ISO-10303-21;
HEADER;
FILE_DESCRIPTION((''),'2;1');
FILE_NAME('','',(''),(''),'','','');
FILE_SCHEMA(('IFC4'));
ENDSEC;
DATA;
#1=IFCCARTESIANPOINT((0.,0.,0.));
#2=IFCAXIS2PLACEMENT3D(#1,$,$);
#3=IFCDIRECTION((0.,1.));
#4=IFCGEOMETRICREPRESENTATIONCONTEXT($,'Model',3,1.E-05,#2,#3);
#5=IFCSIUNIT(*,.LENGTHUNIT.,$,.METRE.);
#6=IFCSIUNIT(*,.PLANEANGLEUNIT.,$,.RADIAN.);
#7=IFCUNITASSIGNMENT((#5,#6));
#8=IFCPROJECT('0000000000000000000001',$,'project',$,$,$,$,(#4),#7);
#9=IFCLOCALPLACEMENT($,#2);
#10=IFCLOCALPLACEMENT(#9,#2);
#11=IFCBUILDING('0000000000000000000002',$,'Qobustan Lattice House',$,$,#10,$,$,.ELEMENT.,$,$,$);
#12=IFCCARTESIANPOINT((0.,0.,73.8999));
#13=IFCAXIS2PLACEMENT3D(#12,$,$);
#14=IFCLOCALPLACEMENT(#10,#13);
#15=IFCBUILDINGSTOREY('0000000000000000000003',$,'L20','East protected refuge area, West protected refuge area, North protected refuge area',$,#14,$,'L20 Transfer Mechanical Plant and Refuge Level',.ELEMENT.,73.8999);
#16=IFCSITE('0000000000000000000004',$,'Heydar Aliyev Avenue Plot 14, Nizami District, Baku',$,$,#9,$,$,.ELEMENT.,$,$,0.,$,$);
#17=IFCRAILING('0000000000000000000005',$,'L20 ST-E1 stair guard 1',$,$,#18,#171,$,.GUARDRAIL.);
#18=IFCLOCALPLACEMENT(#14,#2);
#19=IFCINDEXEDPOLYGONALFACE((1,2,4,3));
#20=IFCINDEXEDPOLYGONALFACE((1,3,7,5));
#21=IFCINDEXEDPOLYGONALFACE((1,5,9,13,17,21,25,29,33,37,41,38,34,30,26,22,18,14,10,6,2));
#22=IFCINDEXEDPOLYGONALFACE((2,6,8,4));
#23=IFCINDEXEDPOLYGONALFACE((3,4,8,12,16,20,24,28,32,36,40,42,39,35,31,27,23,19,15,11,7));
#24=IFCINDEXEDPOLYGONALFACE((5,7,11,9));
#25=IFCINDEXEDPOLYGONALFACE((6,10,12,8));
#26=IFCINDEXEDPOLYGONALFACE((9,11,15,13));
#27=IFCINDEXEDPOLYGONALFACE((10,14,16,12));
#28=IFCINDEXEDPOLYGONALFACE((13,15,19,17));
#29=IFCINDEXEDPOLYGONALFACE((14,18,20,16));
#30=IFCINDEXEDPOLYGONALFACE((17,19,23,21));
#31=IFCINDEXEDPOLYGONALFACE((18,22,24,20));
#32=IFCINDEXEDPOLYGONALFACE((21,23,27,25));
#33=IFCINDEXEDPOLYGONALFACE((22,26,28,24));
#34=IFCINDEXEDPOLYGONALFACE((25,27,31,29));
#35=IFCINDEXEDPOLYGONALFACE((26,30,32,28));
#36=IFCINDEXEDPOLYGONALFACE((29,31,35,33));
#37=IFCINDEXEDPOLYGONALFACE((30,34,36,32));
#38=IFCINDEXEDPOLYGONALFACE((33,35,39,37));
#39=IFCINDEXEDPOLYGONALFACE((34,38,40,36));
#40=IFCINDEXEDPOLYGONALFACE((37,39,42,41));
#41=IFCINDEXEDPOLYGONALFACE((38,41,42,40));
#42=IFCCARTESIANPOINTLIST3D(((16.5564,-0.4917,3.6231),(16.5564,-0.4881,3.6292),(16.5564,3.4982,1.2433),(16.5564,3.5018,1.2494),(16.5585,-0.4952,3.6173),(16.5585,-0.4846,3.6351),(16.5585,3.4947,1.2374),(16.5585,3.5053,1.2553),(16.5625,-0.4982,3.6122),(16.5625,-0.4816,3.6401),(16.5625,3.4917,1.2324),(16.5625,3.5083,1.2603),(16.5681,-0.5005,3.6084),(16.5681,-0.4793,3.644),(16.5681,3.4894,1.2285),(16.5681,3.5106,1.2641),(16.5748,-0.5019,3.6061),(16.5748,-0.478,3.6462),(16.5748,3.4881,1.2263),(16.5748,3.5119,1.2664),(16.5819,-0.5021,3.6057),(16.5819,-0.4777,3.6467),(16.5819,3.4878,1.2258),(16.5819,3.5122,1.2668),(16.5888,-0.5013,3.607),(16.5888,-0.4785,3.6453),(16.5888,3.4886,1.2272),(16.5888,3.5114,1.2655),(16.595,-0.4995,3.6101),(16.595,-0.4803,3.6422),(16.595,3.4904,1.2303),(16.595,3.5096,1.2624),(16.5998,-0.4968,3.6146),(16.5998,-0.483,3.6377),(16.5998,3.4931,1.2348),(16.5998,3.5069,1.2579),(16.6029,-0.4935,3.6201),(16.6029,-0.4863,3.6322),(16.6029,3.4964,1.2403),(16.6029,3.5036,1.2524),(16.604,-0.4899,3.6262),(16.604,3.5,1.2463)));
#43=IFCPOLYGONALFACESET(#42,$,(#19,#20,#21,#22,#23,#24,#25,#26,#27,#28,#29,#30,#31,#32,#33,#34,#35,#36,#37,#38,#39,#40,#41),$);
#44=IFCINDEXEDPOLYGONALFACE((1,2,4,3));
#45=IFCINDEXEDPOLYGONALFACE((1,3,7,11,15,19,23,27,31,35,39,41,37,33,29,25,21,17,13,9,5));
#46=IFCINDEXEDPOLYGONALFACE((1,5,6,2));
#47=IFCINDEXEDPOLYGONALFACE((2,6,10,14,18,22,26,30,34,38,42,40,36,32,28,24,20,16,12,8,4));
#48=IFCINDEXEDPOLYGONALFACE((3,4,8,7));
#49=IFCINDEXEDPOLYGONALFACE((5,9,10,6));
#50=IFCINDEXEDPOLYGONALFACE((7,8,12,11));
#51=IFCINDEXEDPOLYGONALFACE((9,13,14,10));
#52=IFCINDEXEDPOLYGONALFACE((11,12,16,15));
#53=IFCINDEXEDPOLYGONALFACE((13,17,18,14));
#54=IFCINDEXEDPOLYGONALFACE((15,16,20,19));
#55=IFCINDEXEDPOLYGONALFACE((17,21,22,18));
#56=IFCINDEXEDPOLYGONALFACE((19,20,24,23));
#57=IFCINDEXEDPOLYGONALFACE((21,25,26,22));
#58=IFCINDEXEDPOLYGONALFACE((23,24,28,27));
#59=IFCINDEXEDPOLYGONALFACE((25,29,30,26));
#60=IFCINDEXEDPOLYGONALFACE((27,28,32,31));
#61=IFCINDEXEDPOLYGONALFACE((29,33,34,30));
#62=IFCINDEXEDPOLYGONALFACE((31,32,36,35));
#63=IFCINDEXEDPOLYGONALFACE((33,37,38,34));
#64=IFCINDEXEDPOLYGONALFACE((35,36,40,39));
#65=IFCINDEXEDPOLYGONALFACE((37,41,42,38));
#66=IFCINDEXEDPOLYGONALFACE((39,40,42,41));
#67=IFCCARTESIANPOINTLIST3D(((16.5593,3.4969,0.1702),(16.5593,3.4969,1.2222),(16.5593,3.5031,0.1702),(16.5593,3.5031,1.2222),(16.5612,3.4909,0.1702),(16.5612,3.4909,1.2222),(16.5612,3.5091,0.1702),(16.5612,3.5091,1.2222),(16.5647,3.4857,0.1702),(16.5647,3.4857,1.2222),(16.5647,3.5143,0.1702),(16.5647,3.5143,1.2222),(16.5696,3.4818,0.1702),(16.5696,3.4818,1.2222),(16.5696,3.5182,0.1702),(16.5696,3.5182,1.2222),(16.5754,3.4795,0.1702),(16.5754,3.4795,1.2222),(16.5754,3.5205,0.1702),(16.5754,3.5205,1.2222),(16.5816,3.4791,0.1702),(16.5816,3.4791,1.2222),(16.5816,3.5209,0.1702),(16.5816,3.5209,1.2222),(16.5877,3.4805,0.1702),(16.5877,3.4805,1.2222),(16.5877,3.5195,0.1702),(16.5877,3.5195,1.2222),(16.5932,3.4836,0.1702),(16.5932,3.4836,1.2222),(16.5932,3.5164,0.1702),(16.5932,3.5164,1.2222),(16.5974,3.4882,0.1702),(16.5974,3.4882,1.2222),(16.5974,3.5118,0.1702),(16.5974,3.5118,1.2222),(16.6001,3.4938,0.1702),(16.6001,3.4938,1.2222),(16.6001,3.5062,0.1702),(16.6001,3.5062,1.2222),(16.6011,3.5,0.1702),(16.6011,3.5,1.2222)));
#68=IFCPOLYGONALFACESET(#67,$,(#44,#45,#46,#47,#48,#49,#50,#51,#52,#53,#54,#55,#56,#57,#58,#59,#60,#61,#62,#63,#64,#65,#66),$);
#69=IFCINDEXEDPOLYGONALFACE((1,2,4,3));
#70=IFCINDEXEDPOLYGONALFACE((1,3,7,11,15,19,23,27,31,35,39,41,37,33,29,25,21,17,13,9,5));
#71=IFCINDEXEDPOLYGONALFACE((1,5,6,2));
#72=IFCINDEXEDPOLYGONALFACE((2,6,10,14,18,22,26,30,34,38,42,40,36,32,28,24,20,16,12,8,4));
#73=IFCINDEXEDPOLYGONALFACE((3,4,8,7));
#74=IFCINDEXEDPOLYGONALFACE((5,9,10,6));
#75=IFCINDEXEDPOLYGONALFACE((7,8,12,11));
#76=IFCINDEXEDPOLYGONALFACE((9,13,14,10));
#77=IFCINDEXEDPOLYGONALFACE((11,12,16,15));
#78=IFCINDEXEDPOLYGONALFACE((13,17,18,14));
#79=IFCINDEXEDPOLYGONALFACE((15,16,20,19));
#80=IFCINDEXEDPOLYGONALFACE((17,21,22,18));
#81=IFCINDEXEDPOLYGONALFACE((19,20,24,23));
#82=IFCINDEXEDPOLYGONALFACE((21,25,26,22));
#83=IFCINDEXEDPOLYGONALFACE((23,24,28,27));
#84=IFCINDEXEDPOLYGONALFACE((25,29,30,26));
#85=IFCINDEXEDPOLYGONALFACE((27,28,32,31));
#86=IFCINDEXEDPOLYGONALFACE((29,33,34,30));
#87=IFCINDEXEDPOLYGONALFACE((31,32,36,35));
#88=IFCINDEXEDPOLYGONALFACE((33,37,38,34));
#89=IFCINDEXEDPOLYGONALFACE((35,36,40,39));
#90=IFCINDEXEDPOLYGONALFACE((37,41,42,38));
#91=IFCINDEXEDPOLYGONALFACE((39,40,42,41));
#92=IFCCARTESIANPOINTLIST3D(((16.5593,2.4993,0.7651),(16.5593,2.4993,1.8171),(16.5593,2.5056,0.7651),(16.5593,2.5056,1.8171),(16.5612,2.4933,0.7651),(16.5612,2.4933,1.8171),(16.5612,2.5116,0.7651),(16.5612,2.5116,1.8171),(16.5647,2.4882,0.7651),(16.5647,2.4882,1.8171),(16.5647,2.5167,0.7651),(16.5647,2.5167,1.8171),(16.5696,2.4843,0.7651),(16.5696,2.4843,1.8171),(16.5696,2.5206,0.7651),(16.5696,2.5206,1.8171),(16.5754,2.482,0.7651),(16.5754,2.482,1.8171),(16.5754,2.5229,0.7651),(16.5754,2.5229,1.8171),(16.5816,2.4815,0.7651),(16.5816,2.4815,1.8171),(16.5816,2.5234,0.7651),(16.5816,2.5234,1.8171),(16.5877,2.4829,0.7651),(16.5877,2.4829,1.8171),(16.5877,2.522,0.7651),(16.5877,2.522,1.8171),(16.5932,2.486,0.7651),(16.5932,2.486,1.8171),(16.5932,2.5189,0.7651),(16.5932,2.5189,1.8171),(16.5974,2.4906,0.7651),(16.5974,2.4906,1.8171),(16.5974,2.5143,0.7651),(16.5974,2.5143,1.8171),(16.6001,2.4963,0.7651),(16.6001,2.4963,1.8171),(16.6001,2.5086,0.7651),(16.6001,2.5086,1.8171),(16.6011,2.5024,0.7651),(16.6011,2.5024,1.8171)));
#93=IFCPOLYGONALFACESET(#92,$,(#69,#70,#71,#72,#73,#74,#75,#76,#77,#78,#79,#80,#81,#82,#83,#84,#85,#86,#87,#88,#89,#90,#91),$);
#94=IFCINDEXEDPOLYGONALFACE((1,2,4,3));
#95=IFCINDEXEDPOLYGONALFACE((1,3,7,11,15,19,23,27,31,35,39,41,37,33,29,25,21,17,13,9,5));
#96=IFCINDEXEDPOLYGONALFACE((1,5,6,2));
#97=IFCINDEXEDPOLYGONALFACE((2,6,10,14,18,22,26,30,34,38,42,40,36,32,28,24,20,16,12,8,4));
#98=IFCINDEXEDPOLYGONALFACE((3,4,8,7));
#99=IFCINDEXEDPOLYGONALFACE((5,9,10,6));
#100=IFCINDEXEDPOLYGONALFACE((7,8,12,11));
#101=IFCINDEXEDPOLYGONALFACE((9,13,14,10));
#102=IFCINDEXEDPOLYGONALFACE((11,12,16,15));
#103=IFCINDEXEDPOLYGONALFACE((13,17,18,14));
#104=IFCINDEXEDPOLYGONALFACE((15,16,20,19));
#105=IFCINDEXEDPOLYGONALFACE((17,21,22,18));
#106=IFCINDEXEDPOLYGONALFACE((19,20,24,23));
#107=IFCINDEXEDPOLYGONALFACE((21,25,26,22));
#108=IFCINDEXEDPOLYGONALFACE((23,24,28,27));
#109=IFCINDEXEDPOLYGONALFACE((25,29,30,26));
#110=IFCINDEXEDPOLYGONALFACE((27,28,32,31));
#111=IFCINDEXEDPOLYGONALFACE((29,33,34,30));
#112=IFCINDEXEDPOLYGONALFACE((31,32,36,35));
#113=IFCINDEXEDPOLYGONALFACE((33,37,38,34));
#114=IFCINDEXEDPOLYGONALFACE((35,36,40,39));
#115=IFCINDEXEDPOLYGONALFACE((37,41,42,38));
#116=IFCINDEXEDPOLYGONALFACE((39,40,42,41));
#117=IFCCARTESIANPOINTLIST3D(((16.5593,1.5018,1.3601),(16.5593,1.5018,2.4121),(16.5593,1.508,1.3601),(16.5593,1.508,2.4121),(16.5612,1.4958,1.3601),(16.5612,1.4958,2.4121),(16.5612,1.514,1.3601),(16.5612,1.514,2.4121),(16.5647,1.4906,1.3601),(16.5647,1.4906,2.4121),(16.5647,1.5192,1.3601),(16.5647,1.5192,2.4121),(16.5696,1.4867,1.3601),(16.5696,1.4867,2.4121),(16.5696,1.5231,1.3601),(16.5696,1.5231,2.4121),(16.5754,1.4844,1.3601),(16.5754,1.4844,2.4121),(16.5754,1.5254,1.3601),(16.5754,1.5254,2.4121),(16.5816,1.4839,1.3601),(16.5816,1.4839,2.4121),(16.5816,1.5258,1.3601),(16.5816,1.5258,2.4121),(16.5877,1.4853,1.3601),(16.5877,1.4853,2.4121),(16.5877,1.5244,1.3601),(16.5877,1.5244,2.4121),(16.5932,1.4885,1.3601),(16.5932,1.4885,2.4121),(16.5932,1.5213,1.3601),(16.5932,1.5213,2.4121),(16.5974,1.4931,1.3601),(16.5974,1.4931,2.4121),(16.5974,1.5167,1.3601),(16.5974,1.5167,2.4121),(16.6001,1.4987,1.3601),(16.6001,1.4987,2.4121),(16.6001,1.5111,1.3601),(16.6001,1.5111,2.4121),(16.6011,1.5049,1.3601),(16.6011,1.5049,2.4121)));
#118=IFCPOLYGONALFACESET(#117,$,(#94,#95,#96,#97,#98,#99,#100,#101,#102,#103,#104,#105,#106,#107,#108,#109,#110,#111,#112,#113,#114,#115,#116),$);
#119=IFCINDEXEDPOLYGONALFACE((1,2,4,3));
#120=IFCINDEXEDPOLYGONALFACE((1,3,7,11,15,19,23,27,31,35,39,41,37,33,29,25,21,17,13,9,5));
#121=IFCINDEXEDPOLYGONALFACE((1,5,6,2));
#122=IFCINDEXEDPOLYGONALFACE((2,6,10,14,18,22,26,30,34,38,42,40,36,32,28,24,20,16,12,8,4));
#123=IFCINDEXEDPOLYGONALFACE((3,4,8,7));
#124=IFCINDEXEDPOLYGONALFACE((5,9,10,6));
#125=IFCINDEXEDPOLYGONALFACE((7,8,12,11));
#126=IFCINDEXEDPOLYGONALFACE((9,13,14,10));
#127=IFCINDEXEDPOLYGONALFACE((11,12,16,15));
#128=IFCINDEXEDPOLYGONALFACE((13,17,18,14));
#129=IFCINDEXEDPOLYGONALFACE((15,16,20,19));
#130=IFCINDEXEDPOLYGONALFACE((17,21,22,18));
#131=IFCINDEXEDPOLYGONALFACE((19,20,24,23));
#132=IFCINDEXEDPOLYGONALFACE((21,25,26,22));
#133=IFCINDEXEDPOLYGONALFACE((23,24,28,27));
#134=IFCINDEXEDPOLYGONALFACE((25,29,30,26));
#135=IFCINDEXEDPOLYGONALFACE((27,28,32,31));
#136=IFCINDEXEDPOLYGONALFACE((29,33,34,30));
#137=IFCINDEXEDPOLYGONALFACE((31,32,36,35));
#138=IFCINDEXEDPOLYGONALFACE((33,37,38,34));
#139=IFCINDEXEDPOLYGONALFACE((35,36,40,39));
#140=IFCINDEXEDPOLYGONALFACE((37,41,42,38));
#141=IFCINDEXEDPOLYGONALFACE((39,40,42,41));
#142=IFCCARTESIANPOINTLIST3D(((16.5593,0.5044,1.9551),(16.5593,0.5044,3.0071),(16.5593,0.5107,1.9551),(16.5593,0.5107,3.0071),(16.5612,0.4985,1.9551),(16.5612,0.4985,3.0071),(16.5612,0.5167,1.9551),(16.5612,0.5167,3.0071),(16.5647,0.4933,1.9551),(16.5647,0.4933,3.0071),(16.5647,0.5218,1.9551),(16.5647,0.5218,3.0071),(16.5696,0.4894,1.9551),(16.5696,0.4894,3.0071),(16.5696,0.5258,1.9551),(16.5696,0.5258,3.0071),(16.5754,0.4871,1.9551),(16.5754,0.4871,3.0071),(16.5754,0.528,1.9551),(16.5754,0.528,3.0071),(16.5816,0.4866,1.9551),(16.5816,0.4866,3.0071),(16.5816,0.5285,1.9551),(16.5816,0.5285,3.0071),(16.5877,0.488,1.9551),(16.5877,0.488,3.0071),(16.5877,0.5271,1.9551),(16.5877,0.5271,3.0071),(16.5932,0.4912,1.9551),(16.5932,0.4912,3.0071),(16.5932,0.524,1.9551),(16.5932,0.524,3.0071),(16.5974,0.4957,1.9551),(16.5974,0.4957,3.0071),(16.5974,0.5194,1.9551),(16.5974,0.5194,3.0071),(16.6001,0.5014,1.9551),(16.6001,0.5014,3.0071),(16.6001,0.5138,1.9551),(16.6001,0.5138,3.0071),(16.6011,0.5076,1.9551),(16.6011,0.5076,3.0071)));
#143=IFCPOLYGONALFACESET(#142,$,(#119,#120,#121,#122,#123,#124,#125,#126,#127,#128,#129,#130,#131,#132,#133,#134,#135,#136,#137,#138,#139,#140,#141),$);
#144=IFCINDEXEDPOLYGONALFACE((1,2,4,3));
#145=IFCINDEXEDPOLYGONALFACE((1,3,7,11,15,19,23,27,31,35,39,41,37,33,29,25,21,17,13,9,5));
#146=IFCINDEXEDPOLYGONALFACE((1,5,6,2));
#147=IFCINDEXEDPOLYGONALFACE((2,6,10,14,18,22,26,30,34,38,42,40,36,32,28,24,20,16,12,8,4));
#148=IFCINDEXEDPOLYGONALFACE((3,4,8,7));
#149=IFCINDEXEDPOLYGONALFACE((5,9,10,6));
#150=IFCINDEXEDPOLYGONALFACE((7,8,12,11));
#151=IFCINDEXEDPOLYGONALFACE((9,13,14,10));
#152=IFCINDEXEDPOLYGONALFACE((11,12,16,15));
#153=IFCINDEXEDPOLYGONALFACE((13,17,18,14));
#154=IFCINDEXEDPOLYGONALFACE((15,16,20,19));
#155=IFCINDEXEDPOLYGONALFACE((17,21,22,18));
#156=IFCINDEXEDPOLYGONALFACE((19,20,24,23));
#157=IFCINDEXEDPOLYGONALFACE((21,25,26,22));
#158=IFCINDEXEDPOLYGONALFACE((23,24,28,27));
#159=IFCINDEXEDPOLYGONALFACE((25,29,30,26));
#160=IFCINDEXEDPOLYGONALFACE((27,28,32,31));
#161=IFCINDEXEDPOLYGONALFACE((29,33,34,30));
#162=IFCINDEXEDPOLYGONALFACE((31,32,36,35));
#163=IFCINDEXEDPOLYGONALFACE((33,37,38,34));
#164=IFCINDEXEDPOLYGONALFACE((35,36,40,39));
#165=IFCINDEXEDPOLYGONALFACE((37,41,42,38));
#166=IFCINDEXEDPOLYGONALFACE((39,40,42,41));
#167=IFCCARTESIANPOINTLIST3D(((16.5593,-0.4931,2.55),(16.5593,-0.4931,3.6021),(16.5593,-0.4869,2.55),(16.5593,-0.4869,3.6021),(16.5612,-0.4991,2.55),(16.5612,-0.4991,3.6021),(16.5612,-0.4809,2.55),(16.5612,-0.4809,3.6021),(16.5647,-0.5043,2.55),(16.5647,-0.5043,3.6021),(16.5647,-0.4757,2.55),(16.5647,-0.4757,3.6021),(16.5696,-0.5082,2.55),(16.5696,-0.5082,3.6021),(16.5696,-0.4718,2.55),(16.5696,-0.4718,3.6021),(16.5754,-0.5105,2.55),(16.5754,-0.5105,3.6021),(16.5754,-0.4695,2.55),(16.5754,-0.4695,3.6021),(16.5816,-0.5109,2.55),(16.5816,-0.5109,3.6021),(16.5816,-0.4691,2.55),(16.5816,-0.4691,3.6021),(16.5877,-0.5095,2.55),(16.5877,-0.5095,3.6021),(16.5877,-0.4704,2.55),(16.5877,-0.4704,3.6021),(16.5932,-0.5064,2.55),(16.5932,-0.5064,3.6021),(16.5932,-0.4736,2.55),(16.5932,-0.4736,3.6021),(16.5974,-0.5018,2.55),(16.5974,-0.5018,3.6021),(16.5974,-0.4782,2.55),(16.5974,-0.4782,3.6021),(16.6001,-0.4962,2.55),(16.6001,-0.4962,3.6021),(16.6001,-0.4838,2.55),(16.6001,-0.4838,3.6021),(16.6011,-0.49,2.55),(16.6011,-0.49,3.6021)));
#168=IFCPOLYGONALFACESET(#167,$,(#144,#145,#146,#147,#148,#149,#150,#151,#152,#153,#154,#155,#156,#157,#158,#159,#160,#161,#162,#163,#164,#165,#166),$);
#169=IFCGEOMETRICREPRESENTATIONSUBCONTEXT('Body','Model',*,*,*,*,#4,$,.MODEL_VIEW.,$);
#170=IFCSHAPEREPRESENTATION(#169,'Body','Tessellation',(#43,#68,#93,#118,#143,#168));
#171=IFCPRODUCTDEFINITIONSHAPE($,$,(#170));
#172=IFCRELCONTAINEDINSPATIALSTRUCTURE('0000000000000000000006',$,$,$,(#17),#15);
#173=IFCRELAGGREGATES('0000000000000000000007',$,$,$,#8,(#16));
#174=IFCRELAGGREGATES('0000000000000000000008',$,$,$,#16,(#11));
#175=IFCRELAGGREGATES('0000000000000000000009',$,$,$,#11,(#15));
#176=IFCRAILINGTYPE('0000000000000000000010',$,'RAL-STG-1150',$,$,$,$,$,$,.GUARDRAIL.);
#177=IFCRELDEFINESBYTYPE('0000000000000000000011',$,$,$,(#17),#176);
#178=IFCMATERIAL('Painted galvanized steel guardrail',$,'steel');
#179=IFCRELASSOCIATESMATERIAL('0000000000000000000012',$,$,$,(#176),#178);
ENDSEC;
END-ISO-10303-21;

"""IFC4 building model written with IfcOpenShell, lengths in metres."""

from ifc_helpers import new_model, si_unit, direction, frame, origin, origin_2d, place, context, subcontext, project, spatial, circle, extrude, material, type_object, element, save


model = new_model("IFC4")

# Units and contexts
model_context = context("Model", 3, precision=1e-05, world=origin(), true_north=direction((0.0, 1.0)))
body_context = subcontext(model_context, "Body", "Model", "MODEL_VIEW")
ifc_project = project(units=[si_unit("LENGTHUNIT", "METRE"), si_unit("PLANEANGLEUNIT", "RADIAN")], contexts=[model_context])

# Site, building, storey
site_placement = place(None, origin())
site = spatial("IfcSite", under=ifc_project, at=site_placement, Name="Heydar Aliyev Avenue Plot 14, Nizami District, Baku", CompositionType="ELEMENT", RefElevation=0.0)
building_placement = place(site_placement, origin())
building = spatial("IfcBuilding", under=site, at=building_placement, Name="Qobustan Lattice House", CompositionType="ELEMENT")
storey_placement = place(building_placement, frame((0.0, 0.0, 73.8999)))
storey = spatial("IfcBuildingStorey", under=building, at=storey_placement, Name="L20", Description="East protected refuge area, West protected refuge area, North protected refuge area", LongName="L20 Transfer Mechanical Plant and Refuge Level", CompositionType="ELEMENT", Elevation=73.8999)

# Railing
ifc_material_1 = material(Name="Painted galvanized steel guardrail", Category="steel")
railing_type_1 = type_object("IfcRailingType", Name="RAL-STG-1150", PredefinedType="GUARDRAIL", material=ifc_material_1)
railing_1_placement = place(storey_placement, frame((16.5801, 3.5, 0.1702)))
element("IfcRailing", 1, at=railing_1_placement, inside=storey, type_object=railing_type_1, Name="L20 ST-E1 stair guard 1", PredefinedType="GUARDRAIL", context=body_context, shape_type="SweptSolid", body=[
    extrude(circle(Radius=0.0239, at=origin_2d()), frame((0.0, 0.0, 1.0762), z_axis=(0.0, -0.85883, 0.512261), x_axis=(1.0, 0.0, 0.0)), (0.0, 0.0, 1.0), 4.6458),
    extrude(circle(Radius=0.021, at=origin_2d()), origin(), (0.0, 0.0, 1.0), 1.052),
    extrude(circle(Radius=0.021, at=origin_2d()), frame((0.0, -0.9976, 0.595)), (0.0, 0.0, 1.0), 1.052),
    extrude(circle(Radius=0.021, at=origin_2d()), frame((0.0, -1.9951, 1.1899)), (0.0, 0.0, 1.0), 1.052),
    extrude(circle(Radius=0.021, at=origin_2d()), frame((0.0, -2.9924, 1.7849)), (0.0, 0.0, 1.0), 1.052),
    extrude(circle(Radius=0.021, at=origin_2d()), frame((0.0, -3.99, 2.3799)), (0.0, 0.0, 1.0), 1.052),
])

save(model, "model.ifc")
